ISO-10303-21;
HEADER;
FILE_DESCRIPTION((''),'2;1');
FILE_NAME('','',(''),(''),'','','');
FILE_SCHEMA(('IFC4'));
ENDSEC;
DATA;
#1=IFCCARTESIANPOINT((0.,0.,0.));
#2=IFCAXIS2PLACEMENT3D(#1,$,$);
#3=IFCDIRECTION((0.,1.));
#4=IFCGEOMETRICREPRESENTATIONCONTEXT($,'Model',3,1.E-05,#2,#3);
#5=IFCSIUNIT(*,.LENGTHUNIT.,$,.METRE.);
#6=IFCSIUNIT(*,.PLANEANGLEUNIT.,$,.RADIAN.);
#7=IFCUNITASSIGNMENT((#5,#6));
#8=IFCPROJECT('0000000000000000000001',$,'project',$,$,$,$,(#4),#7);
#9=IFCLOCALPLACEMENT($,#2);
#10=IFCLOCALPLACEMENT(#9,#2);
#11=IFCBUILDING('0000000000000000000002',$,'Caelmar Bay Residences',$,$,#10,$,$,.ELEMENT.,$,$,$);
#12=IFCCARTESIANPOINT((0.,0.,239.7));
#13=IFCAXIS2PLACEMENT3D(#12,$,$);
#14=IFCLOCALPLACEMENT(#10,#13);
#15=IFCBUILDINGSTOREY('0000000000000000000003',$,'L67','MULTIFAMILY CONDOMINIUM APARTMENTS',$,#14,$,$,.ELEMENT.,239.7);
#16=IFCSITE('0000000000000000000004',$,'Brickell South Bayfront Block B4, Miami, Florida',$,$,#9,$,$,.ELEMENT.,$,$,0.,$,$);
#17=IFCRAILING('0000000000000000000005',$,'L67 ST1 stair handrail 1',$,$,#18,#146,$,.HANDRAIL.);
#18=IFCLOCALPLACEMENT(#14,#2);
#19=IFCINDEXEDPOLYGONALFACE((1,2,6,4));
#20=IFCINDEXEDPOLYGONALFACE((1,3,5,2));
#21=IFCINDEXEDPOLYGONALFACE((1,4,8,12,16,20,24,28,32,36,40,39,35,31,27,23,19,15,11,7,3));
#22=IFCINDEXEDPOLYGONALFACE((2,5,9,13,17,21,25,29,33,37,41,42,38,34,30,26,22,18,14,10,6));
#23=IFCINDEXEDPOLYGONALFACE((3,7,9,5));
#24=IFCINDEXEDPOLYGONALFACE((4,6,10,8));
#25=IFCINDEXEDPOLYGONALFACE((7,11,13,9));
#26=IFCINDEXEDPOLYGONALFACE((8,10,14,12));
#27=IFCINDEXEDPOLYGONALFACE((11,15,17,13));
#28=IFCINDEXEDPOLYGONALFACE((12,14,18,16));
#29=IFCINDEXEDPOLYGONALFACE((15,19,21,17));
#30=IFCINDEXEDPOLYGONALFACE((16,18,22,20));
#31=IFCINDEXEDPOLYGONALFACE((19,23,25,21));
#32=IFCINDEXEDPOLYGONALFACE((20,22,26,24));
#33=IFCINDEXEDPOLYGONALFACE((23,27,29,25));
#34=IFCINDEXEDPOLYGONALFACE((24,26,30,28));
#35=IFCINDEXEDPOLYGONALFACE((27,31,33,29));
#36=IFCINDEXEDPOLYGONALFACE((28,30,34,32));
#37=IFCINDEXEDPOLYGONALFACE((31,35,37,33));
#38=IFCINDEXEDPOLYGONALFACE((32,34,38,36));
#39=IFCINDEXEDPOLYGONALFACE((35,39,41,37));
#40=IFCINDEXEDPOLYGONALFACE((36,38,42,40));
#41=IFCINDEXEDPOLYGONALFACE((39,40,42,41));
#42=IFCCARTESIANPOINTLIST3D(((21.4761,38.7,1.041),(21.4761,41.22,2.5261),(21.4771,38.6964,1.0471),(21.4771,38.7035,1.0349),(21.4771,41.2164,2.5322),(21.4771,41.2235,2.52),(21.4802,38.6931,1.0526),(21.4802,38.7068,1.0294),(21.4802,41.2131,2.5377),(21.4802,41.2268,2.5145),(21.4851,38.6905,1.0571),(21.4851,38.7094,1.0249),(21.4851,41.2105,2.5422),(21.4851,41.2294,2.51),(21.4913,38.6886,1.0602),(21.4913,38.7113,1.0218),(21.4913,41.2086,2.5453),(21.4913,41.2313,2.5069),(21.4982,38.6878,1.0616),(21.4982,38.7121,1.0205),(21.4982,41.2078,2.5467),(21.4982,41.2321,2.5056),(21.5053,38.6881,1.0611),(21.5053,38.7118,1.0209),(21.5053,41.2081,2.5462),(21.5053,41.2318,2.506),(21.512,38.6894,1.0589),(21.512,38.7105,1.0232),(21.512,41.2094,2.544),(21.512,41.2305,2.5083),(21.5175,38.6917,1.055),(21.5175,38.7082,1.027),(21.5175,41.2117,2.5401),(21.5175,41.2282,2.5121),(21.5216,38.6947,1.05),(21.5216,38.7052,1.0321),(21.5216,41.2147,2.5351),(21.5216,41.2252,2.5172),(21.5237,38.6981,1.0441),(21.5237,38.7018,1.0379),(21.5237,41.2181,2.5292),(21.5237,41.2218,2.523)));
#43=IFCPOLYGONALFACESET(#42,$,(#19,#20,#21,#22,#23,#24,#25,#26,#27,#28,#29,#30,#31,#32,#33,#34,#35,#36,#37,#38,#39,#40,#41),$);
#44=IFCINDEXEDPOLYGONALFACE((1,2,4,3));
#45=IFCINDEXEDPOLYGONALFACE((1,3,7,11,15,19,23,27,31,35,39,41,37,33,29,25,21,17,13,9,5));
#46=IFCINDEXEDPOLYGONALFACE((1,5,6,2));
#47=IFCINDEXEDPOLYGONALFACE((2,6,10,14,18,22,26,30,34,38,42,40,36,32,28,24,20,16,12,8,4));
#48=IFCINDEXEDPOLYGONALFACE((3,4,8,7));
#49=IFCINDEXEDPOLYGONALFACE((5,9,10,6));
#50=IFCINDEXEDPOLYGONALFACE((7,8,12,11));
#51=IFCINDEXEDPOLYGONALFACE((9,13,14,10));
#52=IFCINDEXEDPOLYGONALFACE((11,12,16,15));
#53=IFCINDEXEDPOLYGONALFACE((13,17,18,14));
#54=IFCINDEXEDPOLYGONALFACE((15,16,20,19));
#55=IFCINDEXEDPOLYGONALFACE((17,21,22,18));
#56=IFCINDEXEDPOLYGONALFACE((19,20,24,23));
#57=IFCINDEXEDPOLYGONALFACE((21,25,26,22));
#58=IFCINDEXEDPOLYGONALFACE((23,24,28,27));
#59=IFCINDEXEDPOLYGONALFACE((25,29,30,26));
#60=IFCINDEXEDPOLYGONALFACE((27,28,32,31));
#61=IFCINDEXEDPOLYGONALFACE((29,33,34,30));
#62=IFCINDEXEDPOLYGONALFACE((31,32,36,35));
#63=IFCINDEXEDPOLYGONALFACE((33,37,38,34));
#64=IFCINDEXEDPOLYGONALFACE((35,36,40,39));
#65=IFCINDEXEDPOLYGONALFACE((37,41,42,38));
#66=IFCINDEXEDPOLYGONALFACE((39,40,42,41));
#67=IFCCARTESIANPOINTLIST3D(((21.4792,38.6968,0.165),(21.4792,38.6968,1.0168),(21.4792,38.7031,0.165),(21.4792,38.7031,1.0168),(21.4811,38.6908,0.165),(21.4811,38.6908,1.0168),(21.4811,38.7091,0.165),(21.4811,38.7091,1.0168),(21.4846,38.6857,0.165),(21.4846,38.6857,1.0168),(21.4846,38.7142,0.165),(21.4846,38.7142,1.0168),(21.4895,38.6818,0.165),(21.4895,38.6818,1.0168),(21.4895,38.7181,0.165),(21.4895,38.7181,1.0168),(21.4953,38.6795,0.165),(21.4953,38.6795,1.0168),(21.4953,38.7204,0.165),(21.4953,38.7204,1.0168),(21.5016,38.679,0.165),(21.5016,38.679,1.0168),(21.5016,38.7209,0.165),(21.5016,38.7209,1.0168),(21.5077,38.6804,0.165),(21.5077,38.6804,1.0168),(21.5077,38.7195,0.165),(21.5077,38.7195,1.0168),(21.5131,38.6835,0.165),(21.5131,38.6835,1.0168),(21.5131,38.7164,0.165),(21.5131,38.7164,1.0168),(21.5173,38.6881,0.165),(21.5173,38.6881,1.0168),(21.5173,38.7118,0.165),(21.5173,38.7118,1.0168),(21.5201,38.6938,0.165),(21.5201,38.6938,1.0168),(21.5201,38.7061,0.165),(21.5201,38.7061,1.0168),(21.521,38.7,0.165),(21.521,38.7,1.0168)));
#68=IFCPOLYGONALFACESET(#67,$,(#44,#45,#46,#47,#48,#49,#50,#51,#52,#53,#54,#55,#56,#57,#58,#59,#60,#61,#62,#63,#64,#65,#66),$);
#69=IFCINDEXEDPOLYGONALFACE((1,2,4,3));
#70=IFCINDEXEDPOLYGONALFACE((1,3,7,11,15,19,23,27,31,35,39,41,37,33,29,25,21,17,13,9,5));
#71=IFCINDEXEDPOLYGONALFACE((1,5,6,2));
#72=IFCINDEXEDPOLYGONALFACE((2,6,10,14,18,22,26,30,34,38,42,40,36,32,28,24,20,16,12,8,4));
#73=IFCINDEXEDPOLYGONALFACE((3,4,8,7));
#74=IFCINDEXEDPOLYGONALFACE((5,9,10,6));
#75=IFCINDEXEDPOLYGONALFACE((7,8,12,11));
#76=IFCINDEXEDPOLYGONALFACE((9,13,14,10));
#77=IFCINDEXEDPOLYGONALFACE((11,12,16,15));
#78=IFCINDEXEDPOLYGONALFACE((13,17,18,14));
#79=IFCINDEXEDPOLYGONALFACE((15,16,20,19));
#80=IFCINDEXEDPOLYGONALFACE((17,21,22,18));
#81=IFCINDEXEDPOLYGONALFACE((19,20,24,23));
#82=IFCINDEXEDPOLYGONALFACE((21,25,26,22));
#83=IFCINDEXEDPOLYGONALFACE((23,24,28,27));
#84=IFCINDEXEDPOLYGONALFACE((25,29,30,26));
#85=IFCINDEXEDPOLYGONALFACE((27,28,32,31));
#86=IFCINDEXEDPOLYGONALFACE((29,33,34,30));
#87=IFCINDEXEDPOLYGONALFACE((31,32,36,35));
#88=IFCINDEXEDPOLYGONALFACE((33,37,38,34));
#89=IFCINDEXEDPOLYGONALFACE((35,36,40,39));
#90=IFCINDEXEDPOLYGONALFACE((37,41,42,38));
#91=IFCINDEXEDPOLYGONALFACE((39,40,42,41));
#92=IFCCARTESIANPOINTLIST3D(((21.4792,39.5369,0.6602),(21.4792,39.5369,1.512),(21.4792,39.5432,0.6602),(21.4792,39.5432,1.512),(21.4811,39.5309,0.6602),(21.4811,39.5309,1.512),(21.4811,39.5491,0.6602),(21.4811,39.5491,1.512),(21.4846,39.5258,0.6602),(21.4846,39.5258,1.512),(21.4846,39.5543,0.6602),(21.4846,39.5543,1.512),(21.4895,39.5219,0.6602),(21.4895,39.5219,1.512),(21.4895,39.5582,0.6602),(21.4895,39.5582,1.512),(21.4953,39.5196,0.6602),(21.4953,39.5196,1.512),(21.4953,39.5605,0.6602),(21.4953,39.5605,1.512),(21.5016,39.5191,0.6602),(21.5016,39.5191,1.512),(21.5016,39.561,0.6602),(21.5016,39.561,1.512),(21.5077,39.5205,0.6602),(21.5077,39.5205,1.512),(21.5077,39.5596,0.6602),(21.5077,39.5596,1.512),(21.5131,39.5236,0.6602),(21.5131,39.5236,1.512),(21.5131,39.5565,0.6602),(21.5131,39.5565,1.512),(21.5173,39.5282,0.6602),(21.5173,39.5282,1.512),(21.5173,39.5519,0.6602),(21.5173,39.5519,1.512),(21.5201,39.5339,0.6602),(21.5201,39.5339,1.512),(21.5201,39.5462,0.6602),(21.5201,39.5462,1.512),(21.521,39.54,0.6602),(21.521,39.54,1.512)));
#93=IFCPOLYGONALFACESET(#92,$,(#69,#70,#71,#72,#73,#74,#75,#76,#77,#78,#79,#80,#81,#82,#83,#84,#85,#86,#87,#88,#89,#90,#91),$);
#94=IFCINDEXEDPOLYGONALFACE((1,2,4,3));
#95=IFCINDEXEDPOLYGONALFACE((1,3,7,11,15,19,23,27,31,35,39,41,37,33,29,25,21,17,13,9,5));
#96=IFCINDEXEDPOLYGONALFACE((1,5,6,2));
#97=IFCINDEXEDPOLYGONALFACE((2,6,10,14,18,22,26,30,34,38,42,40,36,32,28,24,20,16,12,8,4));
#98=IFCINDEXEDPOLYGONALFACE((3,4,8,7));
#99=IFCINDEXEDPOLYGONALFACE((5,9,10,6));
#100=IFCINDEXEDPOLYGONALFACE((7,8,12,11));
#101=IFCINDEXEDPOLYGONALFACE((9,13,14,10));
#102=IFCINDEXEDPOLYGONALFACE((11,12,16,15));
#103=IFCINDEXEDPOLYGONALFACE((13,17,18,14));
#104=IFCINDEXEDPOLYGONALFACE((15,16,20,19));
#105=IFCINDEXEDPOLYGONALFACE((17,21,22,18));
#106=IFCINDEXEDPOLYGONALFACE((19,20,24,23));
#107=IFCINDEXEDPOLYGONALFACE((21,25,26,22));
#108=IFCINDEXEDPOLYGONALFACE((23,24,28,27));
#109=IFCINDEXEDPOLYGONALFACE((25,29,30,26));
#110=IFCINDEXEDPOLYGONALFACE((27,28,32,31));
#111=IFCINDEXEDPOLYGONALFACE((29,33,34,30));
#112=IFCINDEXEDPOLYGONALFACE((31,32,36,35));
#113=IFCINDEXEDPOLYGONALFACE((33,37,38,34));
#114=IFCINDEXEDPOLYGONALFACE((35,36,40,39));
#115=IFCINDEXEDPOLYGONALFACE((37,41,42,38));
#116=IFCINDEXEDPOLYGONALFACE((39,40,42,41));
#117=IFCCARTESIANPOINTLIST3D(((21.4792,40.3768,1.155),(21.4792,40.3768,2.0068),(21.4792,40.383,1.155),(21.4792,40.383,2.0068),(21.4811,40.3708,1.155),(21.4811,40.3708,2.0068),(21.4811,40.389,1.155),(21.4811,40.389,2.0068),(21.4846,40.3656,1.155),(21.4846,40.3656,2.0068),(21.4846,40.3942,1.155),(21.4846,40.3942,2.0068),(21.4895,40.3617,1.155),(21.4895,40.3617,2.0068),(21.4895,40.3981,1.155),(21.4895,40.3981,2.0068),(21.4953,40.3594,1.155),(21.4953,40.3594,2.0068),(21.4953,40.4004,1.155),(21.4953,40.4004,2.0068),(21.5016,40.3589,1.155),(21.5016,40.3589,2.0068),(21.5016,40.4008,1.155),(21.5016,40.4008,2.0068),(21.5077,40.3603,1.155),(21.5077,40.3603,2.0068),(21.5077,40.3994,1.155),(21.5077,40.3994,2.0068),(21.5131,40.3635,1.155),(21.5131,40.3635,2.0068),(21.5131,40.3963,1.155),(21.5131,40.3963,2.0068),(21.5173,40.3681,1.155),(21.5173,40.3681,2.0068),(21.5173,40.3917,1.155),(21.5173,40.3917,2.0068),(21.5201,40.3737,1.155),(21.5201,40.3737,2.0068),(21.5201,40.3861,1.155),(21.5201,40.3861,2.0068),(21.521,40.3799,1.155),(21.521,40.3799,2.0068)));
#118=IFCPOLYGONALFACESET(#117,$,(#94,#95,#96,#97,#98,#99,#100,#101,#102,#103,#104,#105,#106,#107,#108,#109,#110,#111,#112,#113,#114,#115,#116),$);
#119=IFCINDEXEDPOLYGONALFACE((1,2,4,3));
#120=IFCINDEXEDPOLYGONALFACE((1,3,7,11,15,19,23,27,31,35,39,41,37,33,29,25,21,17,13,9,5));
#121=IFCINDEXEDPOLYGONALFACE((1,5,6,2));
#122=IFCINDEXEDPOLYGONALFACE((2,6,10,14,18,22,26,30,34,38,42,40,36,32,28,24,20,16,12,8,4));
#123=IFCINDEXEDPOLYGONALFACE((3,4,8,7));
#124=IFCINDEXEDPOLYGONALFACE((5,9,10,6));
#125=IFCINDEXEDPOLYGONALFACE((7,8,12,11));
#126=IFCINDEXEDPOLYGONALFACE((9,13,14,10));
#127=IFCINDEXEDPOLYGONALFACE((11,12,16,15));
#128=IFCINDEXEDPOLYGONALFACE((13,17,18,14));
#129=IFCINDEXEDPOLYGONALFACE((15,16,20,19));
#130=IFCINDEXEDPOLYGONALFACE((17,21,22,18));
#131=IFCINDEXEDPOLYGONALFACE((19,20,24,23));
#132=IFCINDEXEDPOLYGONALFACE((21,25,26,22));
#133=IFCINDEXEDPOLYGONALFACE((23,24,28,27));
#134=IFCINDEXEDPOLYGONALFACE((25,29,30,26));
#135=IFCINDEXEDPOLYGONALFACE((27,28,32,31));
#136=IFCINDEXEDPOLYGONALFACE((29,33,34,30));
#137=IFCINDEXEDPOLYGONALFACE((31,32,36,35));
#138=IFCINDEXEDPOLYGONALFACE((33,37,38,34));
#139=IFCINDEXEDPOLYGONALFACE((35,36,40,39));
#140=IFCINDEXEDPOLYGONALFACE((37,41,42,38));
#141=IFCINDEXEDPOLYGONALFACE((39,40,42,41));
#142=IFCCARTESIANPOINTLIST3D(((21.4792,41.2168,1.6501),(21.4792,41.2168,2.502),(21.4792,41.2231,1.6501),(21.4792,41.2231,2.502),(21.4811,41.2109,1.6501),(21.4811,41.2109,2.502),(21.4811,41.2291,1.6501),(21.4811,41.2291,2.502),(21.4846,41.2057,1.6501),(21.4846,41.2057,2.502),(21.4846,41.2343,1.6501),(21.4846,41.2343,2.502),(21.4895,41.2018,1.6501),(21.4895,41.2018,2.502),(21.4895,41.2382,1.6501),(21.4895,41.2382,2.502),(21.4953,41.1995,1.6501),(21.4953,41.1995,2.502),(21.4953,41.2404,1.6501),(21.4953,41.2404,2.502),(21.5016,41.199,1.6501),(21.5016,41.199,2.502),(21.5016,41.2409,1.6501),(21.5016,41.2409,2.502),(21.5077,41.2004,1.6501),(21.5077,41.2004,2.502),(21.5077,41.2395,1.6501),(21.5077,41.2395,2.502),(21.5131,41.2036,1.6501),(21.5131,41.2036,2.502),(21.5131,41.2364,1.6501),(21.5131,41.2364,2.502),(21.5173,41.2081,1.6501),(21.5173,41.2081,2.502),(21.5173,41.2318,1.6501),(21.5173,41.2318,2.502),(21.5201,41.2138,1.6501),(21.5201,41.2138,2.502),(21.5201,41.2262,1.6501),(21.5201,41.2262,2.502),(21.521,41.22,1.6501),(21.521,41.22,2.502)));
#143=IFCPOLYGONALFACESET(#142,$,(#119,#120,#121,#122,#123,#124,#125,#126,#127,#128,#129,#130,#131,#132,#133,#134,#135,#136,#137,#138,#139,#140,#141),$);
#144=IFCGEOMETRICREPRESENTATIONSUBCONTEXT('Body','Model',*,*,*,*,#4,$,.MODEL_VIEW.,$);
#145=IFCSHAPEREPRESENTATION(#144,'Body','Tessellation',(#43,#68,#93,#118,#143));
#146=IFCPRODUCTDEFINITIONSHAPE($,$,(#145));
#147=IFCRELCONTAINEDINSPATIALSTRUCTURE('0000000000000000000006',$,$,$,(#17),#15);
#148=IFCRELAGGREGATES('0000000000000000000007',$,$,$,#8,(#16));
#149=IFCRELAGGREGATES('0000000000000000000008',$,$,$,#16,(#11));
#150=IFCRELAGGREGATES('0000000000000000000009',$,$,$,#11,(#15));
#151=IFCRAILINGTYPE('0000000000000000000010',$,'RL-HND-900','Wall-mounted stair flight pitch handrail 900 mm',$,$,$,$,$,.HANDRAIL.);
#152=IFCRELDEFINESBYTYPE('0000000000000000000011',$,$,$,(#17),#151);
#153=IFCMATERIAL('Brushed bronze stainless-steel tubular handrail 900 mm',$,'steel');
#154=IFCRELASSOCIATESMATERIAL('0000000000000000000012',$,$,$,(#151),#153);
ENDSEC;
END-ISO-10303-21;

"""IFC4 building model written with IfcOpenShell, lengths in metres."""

from ifc_helpers import new_model, si_unit, direction, frame, origin, origin_2d, place, context, subcontext, project, spatial, circle, extrude, material, type_object, element, save


model = new_model("IFC4")

# Units and contexts
model_context = context("Model", 3, precision=1e-05, world=origin(), true_north=direction((0.0, 1.0)))
body_context = subcontext(model_context, "Body", "Model", "MODEL_VIEW")
ifc_project = project(units=[si_unit("LENGTHUNIT", "METRE"), si_unit("PLANEANGLEUNIT", "RADIAN")], contexts=[model_context])

# Site, building, storey
site_placement = place(None, origin())
site = spatial("IfcSite", under=ifc_project, at=site_placement, Name="Brickell South Bayfront Block B4, Miami, Florida", CompositionType="ELEMENT", RefElevation=0.0)
building_placement = place(site_placement, origin())
building = spatial("IfcBuilding", under=site, at=building_placement, Name="Caelmar Bay Residences", CompositionType="ELEMENT")
storey_placement = place(building_placement, frame((0.0, 0.0, 239.7)))
storey = spatial("IfcBuildingStorey", under=building, at=storey_placement, Name="L67", Description="MULTIFAMILY CONDOMINIUM APARTMENTS", CompositionType="ELEMENT", Elevation=239.7)

# Railing
ifc_material_1 = material(Name="Brushed bronze stainless-steel tubular handrail 900 mm", Category="steel")
railing_type_1 = type_object("IfcRailingType", Name="RL-HND-900", Description="Wall-mounted stair flight pitch handrail 900 mm", PredefinedType="HANDRAIL", material=ifc_material_1)
railing_1_placement = place(storey_placement, frame((21.5, 38.7, 0.165)))
element("IfcRailing", 1, at=railing_1_placement, inside=storey, type_object=railing_type_1, Name="L67 ST1 stair handrail 1", PredefinedType="HANDRAIL", context=body_context, shape_type="SweptSolid", body=[
    extrude(circle(Radius=0.0239, at=origin_2d()), frame((0.0, 0.0, 0.876), z_axis=(0.0, 0.861524, 0.507717), x_axis=(-1.0, 0.0, 0.0)), (0.0, 0.0, 1.0), 2.925),
    extrude(circle(Radius=0.021, at=origin_2d()), origin(), (0.0, 0.0, 1.0), 0.8518),
    extrude(circle(Radius=0.021, at=origin_2d()), frame((0.0, 0.8401, 0.4951)), (0.0, 0.0, 1.0), 0.8518),
    extrude(circle(Radius=0.021, at=origin_2d()), frame((0.0, 1.6799, 0.99)), (0.0, 0.0, 1.0), 0.8518),
    extrude(circle(Radius=0.021, at=origin_2d()), frame((0.0, 2.52, 1.4851)), (0.0, 0.0, 1.0), 0.8518),
])

save(model, "model.ifc")
